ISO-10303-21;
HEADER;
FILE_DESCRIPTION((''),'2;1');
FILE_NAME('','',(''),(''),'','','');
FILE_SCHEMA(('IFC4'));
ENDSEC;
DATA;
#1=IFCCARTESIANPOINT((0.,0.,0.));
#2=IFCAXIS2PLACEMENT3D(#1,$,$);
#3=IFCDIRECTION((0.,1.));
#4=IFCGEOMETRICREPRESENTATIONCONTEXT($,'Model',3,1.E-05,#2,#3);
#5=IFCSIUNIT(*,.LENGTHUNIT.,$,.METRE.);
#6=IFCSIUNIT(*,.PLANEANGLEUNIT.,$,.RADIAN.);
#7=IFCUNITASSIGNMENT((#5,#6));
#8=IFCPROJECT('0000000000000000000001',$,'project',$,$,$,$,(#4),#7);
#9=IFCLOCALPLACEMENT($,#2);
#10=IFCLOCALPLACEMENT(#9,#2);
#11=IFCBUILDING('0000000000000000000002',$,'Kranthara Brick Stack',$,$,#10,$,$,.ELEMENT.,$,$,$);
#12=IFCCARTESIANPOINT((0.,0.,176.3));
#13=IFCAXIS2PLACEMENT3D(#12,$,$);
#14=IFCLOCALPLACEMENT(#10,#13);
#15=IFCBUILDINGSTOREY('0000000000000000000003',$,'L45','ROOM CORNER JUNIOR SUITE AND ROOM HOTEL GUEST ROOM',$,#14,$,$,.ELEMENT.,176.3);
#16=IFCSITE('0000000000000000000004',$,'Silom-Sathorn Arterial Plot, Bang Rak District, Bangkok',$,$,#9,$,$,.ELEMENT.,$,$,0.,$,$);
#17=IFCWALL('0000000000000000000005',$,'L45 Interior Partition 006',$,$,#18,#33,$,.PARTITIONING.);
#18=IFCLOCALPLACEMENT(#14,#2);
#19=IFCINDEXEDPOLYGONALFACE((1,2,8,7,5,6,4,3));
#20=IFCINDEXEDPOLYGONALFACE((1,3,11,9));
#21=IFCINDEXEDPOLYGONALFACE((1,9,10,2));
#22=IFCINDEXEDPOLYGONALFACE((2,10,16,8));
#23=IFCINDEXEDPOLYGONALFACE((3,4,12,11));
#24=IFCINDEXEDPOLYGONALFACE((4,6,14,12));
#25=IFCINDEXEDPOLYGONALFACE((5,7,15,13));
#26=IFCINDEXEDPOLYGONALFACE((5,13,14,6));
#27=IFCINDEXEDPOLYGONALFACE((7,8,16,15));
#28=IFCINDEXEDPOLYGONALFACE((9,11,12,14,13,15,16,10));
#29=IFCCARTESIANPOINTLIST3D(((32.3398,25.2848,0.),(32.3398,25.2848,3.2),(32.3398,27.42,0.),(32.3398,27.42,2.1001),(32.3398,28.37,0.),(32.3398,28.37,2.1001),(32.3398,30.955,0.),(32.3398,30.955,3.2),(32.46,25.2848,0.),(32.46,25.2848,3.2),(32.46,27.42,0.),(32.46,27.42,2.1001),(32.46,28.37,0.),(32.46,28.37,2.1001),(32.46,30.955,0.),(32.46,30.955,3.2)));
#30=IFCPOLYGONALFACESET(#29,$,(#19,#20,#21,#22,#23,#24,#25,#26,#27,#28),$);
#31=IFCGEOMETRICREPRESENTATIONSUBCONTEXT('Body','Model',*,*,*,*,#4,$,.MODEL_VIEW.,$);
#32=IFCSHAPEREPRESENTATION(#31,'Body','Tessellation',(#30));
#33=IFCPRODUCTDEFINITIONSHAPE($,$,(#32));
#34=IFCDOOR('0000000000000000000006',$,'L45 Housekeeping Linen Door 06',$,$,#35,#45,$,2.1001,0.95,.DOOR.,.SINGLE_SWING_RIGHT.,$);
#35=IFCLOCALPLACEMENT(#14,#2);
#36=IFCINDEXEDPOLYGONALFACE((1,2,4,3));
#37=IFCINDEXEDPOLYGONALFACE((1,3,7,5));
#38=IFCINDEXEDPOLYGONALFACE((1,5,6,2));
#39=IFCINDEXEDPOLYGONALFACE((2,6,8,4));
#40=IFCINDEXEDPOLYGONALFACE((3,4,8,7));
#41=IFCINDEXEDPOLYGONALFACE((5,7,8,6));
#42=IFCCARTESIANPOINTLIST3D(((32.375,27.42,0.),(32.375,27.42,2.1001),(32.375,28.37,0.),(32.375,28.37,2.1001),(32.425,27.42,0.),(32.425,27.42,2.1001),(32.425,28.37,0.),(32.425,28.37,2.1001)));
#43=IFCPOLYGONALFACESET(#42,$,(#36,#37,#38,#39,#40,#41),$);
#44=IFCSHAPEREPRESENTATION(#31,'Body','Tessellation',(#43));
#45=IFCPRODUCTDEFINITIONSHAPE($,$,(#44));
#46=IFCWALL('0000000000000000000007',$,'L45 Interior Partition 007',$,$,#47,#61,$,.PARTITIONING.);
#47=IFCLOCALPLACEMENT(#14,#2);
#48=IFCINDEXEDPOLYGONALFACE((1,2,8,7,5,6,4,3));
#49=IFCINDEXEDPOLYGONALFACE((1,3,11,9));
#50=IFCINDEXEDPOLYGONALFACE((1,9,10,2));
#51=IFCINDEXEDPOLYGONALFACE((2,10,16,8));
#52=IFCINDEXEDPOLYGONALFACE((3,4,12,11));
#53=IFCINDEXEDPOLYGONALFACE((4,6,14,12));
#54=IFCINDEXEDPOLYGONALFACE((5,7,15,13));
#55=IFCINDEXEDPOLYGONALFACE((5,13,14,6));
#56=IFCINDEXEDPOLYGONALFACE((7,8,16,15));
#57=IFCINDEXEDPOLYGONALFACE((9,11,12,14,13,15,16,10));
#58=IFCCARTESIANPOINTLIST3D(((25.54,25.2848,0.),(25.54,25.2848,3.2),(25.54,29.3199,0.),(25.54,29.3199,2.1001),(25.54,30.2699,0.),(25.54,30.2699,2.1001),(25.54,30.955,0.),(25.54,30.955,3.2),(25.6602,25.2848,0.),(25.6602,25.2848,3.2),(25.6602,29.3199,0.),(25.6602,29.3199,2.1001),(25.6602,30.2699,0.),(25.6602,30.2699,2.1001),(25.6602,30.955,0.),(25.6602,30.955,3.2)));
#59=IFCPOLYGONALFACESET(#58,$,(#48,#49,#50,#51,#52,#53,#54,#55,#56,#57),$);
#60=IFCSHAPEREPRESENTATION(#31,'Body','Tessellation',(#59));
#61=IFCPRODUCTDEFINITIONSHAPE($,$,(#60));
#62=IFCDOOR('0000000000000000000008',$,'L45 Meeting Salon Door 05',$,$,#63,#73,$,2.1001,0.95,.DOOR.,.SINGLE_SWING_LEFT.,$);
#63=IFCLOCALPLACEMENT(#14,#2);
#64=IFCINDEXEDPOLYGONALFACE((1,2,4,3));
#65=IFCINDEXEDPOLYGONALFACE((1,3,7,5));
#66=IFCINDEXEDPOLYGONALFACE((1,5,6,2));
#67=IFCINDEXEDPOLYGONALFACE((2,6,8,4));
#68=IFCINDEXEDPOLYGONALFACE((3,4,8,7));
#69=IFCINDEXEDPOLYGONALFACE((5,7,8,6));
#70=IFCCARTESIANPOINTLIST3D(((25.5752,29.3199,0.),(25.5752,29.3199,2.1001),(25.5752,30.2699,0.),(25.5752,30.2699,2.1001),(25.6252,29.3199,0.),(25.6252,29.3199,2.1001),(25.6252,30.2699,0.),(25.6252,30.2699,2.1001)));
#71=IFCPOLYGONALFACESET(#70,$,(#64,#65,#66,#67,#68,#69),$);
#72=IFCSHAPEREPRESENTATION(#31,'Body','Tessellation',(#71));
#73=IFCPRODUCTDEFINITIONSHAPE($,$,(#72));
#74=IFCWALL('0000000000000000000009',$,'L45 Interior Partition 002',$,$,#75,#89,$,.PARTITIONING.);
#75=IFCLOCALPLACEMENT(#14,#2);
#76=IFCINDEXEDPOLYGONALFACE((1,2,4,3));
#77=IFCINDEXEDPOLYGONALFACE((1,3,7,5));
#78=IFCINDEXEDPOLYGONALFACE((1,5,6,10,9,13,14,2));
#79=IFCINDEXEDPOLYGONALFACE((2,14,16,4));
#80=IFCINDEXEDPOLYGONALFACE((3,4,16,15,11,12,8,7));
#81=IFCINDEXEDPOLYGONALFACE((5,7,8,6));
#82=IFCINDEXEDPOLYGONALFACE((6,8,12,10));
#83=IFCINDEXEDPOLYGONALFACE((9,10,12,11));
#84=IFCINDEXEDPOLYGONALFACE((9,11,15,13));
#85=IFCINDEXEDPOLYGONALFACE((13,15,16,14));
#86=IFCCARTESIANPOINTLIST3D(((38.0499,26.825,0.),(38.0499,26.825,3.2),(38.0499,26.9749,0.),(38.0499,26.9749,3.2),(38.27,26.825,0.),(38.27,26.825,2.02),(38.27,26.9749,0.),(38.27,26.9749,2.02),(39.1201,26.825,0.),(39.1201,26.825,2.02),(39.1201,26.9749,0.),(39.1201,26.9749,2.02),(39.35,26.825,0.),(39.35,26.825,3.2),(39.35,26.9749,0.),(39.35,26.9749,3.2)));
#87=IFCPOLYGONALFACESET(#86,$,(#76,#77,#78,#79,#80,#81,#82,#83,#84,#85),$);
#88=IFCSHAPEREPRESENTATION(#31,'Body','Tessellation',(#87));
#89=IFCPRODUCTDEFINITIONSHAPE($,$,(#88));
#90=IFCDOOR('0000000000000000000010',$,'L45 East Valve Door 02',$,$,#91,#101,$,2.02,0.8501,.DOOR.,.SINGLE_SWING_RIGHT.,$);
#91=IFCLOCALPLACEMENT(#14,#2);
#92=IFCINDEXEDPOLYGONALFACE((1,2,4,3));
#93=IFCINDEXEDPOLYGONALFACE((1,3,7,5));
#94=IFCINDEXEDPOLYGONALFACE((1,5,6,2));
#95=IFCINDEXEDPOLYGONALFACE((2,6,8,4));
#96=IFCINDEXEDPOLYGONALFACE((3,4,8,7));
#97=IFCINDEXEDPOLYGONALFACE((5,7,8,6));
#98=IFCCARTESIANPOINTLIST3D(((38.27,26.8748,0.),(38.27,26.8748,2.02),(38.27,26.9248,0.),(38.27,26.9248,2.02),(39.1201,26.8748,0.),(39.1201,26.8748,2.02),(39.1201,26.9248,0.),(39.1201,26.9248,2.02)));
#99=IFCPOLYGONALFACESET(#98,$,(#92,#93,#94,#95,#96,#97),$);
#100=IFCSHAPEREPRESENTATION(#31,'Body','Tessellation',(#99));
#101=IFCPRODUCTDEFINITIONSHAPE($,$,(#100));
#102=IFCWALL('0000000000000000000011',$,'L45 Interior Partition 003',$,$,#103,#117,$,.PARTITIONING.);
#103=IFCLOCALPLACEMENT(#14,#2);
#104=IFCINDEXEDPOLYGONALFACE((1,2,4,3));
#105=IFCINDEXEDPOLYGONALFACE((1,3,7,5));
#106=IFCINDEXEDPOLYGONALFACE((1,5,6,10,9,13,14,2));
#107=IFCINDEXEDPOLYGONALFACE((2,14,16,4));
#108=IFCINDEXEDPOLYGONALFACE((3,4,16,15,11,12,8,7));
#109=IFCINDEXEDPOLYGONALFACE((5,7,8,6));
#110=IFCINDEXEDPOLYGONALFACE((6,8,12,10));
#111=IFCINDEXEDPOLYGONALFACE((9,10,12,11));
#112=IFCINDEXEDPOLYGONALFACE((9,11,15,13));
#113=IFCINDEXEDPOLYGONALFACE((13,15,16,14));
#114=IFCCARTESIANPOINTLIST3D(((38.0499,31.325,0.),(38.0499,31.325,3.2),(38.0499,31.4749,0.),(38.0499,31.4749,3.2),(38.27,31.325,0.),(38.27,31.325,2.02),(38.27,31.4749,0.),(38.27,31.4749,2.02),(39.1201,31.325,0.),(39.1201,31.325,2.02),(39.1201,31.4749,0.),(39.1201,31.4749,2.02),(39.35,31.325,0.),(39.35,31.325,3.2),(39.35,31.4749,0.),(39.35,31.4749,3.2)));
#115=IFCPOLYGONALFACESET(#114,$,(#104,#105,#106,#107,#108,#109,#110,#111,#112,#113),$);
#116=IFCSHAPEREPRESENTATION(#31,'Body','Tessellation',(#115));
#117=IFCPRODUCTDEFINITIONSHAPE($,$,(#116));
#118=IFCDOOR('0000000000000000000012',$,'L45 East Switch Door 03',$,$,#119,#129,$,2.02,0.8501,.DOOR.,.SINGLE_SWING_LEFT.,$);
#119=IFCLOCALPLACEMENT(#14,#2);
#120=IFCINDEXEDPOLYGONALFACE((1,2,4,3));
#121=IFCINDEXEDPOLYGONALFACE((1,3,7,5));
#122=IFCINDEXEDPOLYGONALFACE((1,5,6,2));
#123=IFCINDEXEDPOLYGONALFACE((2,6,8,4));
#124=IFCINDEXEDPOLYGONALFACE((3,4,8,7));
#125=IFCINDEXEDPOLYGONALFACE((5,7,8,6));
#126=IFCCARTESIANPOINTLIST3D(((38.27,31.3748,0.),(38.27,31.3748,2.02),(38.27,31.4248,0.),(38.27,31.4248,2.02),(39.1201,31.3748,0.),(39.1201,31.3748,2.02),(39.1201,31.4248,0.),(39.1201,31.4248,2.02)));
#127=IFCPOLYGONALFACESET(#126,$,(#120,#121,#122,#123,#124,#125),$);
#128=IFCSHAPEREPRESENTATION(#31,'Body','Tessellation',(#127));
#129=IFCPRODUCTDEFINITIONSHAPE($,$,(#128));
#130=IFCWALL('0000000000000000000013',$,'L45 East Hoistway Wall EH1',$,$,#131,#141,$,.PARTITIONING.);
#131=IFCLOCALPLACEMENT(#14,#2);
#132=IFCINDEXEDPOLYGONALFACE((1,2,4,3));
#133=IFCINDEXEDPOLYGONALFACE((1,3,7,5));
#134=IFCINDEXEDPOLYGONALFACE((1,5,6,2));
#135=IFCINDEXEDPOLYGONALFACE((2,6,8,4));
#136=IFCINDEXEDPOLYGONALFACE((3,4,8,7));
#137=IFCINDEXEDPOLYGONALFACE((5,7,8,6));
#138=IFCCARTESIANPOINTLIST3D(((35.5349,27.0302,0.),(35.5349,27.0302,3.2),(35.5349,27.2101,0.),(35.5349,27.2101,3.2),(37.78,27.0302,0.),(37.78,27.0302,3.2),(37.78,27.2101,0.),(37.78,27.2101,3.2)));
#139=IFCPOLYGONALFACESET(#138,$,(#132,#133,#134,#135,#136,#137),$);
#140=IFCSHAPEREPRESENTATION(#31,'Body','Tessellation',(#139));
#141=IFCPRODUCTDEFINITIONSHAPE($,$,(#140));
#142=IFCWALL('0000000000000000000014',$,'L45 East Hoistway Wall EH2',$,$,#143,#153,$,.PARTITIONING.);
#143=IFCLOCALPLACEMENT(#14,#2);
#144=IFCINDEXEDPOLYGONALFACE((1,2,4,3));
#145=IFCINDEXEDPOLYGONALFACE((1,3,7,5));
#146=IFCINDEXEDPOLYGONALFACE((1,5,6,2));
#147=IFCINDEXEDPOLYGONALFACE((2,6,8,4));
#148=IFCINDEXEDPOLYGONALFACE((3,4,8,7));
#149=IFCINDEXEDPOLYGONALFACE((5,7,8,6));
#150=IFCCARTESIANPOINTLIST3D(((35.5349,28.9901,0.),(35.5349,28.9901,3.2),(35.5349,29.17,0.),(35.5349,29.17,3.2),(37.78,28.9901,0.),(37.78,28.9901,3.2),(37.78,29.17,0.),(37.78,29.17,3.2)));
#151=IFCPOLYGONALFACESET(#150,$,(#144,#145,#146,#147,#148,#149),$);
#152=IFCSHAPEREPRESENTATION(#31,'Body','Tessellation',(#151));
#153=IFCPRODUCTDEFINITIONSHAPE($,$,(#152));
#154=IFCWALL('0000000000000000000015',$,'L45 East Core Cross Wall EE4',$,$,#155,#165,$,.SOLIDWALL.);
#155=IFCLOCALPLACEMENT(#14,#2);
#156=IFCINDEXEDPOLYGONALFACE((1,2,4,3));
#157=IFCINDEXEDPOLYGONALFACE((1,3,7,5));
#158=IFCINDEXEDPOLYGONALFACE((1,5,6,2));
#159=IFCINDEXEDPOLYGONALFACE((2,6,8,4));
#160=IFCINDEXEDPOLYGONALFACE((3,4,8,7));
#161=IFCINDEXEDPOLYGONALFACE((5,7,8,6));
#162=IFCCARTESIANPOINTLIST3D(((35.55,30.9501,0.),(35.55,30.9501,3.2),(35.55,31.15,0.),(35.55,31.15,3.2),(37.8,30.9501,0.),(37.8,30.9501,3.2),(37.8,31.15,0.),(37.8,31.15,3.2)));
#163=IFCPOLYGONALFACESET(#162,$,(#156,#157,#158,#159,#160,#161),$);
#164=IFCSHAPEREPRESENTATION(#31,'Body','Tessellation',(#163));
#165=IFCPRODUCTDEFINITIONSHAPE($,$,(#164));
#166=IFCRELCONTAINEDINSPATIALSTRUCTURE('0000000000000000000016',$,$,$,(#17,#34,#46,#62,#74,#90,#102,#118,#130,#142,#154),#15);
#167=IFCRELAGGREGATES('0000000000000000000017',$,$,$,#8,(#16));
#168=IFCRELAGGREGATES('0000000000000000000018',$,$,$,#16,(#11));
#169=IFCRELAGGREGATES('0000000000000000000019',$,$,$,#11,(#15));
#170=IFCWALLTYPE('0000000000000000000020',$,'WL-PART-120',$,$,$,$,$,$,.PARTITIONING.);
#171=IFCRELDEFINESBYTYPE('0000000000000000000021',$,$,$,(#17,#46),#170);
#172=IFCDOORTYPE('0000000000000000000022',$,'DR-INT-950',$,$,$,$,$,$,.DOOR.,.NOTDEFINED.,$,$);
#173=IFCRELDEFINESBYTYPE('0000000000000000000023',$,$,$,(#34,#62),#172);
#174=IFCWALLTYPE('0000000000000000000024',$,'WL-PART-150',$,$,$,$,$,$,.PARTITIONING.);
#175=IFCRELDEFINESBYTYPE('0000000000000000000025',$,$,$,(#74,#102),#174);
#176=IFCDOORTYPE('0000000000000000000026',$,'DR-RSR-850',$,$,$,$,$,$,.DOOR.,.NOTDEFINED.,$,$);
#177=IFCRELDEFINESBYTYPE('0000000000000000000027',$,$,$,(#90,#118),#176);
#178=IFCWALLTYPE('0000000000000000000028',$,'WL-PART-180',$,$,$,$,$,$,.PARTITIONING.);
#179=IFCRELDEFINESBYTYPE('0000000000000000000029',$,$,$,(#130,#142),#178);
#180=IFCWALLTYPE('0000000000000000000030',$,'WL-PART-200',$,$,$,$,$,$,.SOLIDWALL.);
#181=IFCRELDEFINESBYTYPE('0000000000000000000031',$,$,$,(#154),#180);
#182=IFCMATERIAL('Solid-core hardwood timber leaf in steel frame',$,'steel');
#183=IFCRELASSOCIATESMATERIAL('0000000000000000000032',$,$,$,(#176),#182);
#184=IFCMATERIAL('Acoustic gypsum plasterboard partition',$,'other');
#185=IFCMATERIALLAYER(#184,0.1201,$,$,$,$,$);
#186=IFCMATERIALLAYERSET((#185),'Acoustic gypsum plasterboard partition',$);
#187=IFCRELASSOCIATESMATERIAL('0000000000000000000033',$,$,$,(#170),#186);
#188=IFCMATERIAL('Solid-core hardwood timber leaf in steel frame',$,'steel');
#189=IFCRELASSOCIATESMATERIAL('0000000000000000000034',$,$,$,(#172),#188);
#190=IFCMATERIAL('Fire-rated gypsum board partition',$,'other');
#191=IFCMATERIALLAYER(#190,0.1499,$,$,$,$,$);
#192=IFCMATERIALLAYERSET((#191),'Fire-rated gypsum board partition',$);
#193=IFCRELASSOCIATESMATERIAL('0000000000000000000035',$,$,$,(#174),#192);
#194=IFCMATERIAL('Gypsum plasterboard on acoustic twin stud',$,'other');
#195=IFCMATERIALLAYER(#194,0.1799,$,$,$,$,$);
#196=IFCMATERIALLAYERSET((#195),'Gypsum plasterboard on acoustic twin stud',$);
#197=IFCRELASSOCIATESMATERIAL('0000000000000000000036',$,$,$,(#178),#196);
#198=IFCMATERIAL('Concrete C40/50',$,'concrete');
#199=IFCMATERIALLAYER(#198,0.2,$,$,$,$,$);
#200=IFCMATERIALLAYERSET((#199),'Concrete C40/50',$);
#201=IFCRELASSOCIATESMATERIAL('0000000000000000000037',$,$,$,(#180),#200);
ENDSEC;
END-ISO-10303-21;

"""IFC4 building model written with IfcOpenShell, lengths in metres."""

from ifc_helpers import new_model, si_unit, direction, frame, frame_2d, origin, place, context, subcontext, project, spatial, rectangle, extrude, material, layer, layer_set, type_object, element, fill, save


model = new_model("IFC4")

# Units and contexts
model_context = context("Model", 3, precision=1e-05, world=origin(), true_north=direction((0.0, 1.0)))
body_context = subcontext(model_context, "Body", "Model", "MODEL_VIEW")
ifc_project = project(units=[si_unit("LENGTHUNIT", "METRE"), si_unit("PLANEANGLEUNIT", "RADIAN")], contexts=[model_context])

# Site, building, storey
site_placement = place(None, origin())
site = spatial("IfcSite", under=ifc_project, at=site_placement, Name="Silom-Sathorn Arterial Plot, Bang Rak District, Bangkok", CompositionType="ELEMENT", RefElevation=0.0)
building_placement = place(site_placement, origin())
building = spatial("IfcBuilding", under=site, at=building_placement, Name="Kranthara Brick Stack", CompositionType="ELEMENT")
storey_placement = place(building_placement, frame((0.0, 0.0, 176.3)))
storey = spatial("IfcBuildingStorey", under=building, at=storey_placement, Name="L45", Description="ROOM CORNER JUNIOR SUITE AND ROOM HOTEL GUEST ROOM", CompositionType="ELEMENT", Elevation=176.3)

# Shared definitions
ifc_material_1 = material(Name="Solid-core hardwood timber leaf in steel frame", Category="steel")
door_type_1 = type_object("IfcDoorType", Name="DR-RSR-850", OperationType="NOTDEFINED", PredefinedType="DOOR", material=ifc_material_1)

# Walls, openings, doors
ifc_material_2 = material(Name="Acoustic gypsum plasterboard partition", Category="other")
ifc_layer_1 = layer(ifc_material_2, 0.1201)
ifc_layer_set_1 = layer_set([ifc_layer_1], Name="Acoustic gypsum plasterboard partition")
wall_type_1 = type_object("IfcWallType", Name="WL-PART-120", PredefinedType="PARTITIONING", material=ifc_layer_set_1)
wall_1_placement = place(storey_placement, frame((32.3999, 25.2849, 0.0), z_axis=(0.0, 0.0, 1.0), x_axis=(0.0, 1.0, 0.0)))
wall_1 = element("IfcWall", 1, at=wall_1_placement, inside=storey, type_object=wall_type_1, Name="L45 Interior Partition 006", PredefinedType="PARTITIONING", context=body_context, shape_type="SweptSolid", body=[
    extrude(rectangle(XDim=5.6702, YDim=0.1201, at=frame_2d((2.835, 0.0))), origin(), (0.0, 0.0, 1.0), 3.2),
])
opening_1_placement = place(wall_1_placement, frame((2.135, 0.0, 0.0)))
opening_1 = element("IfcOpeningElement", 2, at=opening_1_placement, cuts=wall_1, PredefinedType="OPENING", context=body_context, shape_type="SweptSolid", body=[
    extrude(rectangle(XDim=0.95, YDim=2.1001, at=frame_2d((0.4751, 1.05))), frame((0.0, 0.0701, 0.0), z_axis=(0.0, -1.0, 0.0), x_axis=(1.0, 0.0, 0.0)), (0.0, 0.0, 1.0), 0.1401),
])
ifc_material_3 = material(Name="Solid-core hardwood timber leaf in steel frame", Category="steel")
door_type_2 = type_object("IfcDoorType", Name="DR-INT-950", OperationType="NOTDEFINED", PredefinedType="DOOR", material=ifc_material_3)
door_1_placement = place(opening_1_placement, origin())
door_1 = element("IfcDoor", 3, at=door_1_placement, inside=storey, type_object=door_type_2, Name="L45 Housekeeping Linen Door 06", OperationType="SINGLE_SWING_RIGHT", OverallHeight=2.1001, OverallWidth=0.95, PredefinedType="DOOR", context=body_context, shape_type="SweptSolid", body=[
    extrude(rectangle(XDim=0.95, YDim=2.1001, at=frame_2d((0.4751, 1.05))), frame((0.0, 0.0249, 0.0), z_axis=(0.0, -1.0, 0.0), x_axis=(1.0, 0.0, 0.0)), (0.0, 0.0, 1.0), 0.05),
])
fill(opening_1, door_1)
wall_2_placement = place(storey_placement, frame((25.6001, 25.2849, 0.0), z_axis=(0.0, 0.0, 1.0), x_axis=(0.0, 1.0, 0.0)))
wall_2 = element("IfcWall", 4, at=wall_2_placement, inside=storey, type_object=wall_type_1, Name="L45 Interior Partition 007", PredefinedType="PARTITIONING", context=body_context, shape_type="SweptSolid", body=[
    extrude(rectangle(XDim=5.6702, YDim=0.1201, at=frame_2d((2.835, 0.0))), origin(), (0.0, 0.0, 1.0), 3.2),
])
opening_2_placement = place(wall_2_placement, frame((4.0349, 0.0, 0.0)))
opening_2 = element("IfcOpeningElement", 5, at=opening_2_placement, cuts=wall_2, PredefinedType="OPENING", context=body_context, shape_type="SweptSolid", body=[
    extrude(rectangle(XDim=0.95, YDim=2.1001, at=frame_2d((0.4751, 1.05))), frame((0.0, 0.0701, 0.0), z_axis=(0.0, -1.0, 0.0), x_axis=(1.0, 0.0, 0.0)), (0.0, 0.0, 1.0), 0.1401),
])
door_2_placement = place(opening_2_placement, origin())
door_2 = element("IfcDoor", 6, at=door_2_placement, inside=storey, type_object=door_type_2, Name="L45 Meeting Salon Door 05", OperationType="SINGLE_SWING_LEFT", OverallHeight=2.1001, OverallWidth=0.95, PredefinedType="DOOR", context=body_context, shape_type="SweptSolid", body=[
    extrude(rectangle(XDim=0.95, YDim=2.1001, at=frame_2d((0.4751, 1.05))), frame((0.0, 0.0249, 0.0), z_axis=(0.0, -1.0, 0.0), x_axis=(1.0, 0.0, 0.0)), (0.0, 0.0, 1.0), 0.05),
])
fill(opening_2, door_2)
ifc_material_4 = material(Name="Fire-rated gypsum board partition", Category="other")
ifc_layer_2 = layer(ifc_material_4, 0.1499)
ifc_layer_set_2 = layer_set([ifc_layer_2], Name="Fire-rated gypsum board partition")
wall_type_2 = type_object("IfcWallType", Name="WL-PART-150", PredefinedType="PARTITIONING", material=ifc_layer_set_2)
wall_3_placement = place(storey_placement, frame((38.05, 26.8999, 0.0), z_axis=(0.0, 0.0, 1.0), x_axis=(1.0, 0.0, 0.0)))
wall_3 = element("IfcWall", 7, at=wall_3_placement, inside=storey, type_object=wall_type_2, Name="L45 Interior Partition 002", PredefinedType="PARTITIONING", context=body_context, shape_type="SweptSolid", body=[
    extrude(rectangle(XDim=1.3, YDim=0.1499, at=frame_2d((0.6499, 0.0))), origin(), (0.0, 0.0, 1.0), 3.2),
])
opening_3_placement = place(wall_3_placement, frame((0.22, 0.0, 0.0)))
opening_3 = element("IfcOpeningElement", 8, at=opening_3_placement, cuts=wall_3, PredefinedType="OPENING", context=body_context, shape_type="SweptSolid", body=[
    extrude(rectangle(XDim=0.8501, YDim=2.02, at=frame_2d((0.425, 1.01))), frame((0.0, 0.085, 0.0), z_axis=(0.0, -1.0, 0.0), x_axis=(1.0, 0.0, 0.0)), (0.0, 0.0, 1.0), 0.1699),
])
door_3_placement = place(opening_3_placement, origin())
door_3 = element("IfcDoor", 9, at=door_3_placement, inside=storey, type_object=door_type_1, Name="L45 East Valve Door 02", OperationType="SINGLE_SWING_RIGHT", OverallHeight=2.02, OverallWidth=0.8501, PredefinedType="DOOR", context=body_context, shape_type="SweptSolid", body=[
    extrude(rectangle(XDim=0.8501, YDim=2.02, at=frame_2d((0.425, 1.01))), frame((0.0, 0.0249, 0.0), z_axis=(0.0, -1.0, 0.0), x_axis=(1.0, 0.0, 0.0)), (0.0, 0.0, 1.0), 0.05),
])
fill(opening_3, door_3)
wall_4_placement = place(storey_placement, frame((38.05, 31.3999, 0.0), z_axis=(0.0, 0.0, 1.0), x_axis=(1.0, 0.0, 0.0)))
wall_4 = element("IfcWall", 10, at=wall_4_placement, inside=storey, type_object=wall_type_2, Name="L45 Interior Partition 003", PredefinedType="PARTITIONING", context=body_context, shape_type="SweptSolid", body=[
    extrude(rectangle(XDim=1.3, YDim=0.1499, at=frame_2d((0.6499, 0.0))), origin(), (0.0, 0.0, 1.0), 3.2),
])
opening_4_placement = place(wall_4_placement, frame((0.22, 0.0, 0.0)))
opening_4 = element("IfcOpeningElement", 11, at=opening_4_placement, cuts=wall_4, PredefinedType="OPENING", context=body_context, shape_type="SweptSolid", body=[
    extrude(rectangle(XDim=0.8501, YDim=2.02, at=frame_2d((0.425, 1.01))), frame((0.0, 0.085, 0.0), z_axis=(0.0, -1.0, 0.0), x_axis=(1.0, 0.0, 0.0)), (0.0, 0.0, 1.0), 0.1699),
])
door_4_placement = place(opening_4_placement, origin())
door_4 = element("IfcDoor", 12, at=door_4_placement, inside=storey, type_object=door_type_1, Name="L45 East Switch Door 03", OperationType="SINGLE_SWING_LEFT", OverallHeight=2.02, OverallWidth=0.8501, PredefinedType="DOOR", context=body_context, shape_type="SweptSolid", body=[
    extrude(rectangle(XDim=0.8501, YDim=2.02, at=frame_2d((0.425, 1.01))), frame((0.0, 0.0249, 0.0), z_axis=(0.0, -1.0, 0.0), x_axis=(1.0, 0.0, 0.0)), (0.0, 0.0, 1.0), 0.05),
])
fill(opening_4, door_4)

# Walls
ifc_material_5 = material(Name="Gypsum plasterboard on acoustic twin stud", Category="other")
ifc_layer_3 = layer(ifc_material_5, 0.1799)
ifc_layer_set_3 = layer_set([ifc_layer_3], Name="Gypsum plasterboard on acoustic twin stud")
wall_type_3 = type_object("IfcWallType", Name="WL-PART-180", PredefinedType="PARTITIONING", material=ifc_layer_set_3)
for number, where, z_axis, x_axis, name in (
    (13, (35.5349, 27.1201, 0.0), (0.0, 0.0, 1.0), (1.0, 0.0, 0.0), "L45 East Hoistway Wall EH1"),
    (14, (35.5349, 29.0801, 0.0), (0.0, 0.0, 1.0), (1.0, 0.0, 0.0), "L45 East Hoistway Wall EH2"),
):
    element("IfcWall", number, at=place(storey_placement, frame(where, z_axis=z_axis, x_axis=x_axis)), inside=storey, type_object=wall_type_3, Name=name, PredefinedType="PARTITIONING", context=body_context, shape_type="SweptSolid", body=[
        extrude(rectangle(XDim=2.2451, YDim=0.1799, at=frame_2d((1.1226, 0.0))), origin(), (0.0, 0.0, 1.0), 3.2),
    ])
ifc_material_6 = material(Name="Concrete C40/50", Category="concrete")
ifc_layer_4 = layer(ifc_material_6, 0.2)
ifc_layer_set_4 = layer_set([ifc_layer_4], Name="Concrete C40/50")
wall_type_4 = type_object("IfcWallType", Name="WL-PART-200", PredefinedType="SOLIDWALL", material=ifc_layer_set_4)
wall_5_placement = place(storey_placement, frame((35.55, 31.05, 0.0), z_axis=(0.0, 0.0, 1.0), x_axis=(1.0, 0.0, 0.0)))
element("IfcWall", 15, at=wall_5_placement, inside=storey, type_object=wall_type_4, Name="L45 East Core Cross Wall EE4", PredefinedType="SOLIDWALL", context=body_context, shape_type="SweptSolid", body=[
    extrude(rectangle(XDim=2.25, YDim=0.2, at=frame_2d((1.125, 0.0))), origin(), (0.0, 0.0, 1.0), 3.2),
])

save(model, "model.ifc")
